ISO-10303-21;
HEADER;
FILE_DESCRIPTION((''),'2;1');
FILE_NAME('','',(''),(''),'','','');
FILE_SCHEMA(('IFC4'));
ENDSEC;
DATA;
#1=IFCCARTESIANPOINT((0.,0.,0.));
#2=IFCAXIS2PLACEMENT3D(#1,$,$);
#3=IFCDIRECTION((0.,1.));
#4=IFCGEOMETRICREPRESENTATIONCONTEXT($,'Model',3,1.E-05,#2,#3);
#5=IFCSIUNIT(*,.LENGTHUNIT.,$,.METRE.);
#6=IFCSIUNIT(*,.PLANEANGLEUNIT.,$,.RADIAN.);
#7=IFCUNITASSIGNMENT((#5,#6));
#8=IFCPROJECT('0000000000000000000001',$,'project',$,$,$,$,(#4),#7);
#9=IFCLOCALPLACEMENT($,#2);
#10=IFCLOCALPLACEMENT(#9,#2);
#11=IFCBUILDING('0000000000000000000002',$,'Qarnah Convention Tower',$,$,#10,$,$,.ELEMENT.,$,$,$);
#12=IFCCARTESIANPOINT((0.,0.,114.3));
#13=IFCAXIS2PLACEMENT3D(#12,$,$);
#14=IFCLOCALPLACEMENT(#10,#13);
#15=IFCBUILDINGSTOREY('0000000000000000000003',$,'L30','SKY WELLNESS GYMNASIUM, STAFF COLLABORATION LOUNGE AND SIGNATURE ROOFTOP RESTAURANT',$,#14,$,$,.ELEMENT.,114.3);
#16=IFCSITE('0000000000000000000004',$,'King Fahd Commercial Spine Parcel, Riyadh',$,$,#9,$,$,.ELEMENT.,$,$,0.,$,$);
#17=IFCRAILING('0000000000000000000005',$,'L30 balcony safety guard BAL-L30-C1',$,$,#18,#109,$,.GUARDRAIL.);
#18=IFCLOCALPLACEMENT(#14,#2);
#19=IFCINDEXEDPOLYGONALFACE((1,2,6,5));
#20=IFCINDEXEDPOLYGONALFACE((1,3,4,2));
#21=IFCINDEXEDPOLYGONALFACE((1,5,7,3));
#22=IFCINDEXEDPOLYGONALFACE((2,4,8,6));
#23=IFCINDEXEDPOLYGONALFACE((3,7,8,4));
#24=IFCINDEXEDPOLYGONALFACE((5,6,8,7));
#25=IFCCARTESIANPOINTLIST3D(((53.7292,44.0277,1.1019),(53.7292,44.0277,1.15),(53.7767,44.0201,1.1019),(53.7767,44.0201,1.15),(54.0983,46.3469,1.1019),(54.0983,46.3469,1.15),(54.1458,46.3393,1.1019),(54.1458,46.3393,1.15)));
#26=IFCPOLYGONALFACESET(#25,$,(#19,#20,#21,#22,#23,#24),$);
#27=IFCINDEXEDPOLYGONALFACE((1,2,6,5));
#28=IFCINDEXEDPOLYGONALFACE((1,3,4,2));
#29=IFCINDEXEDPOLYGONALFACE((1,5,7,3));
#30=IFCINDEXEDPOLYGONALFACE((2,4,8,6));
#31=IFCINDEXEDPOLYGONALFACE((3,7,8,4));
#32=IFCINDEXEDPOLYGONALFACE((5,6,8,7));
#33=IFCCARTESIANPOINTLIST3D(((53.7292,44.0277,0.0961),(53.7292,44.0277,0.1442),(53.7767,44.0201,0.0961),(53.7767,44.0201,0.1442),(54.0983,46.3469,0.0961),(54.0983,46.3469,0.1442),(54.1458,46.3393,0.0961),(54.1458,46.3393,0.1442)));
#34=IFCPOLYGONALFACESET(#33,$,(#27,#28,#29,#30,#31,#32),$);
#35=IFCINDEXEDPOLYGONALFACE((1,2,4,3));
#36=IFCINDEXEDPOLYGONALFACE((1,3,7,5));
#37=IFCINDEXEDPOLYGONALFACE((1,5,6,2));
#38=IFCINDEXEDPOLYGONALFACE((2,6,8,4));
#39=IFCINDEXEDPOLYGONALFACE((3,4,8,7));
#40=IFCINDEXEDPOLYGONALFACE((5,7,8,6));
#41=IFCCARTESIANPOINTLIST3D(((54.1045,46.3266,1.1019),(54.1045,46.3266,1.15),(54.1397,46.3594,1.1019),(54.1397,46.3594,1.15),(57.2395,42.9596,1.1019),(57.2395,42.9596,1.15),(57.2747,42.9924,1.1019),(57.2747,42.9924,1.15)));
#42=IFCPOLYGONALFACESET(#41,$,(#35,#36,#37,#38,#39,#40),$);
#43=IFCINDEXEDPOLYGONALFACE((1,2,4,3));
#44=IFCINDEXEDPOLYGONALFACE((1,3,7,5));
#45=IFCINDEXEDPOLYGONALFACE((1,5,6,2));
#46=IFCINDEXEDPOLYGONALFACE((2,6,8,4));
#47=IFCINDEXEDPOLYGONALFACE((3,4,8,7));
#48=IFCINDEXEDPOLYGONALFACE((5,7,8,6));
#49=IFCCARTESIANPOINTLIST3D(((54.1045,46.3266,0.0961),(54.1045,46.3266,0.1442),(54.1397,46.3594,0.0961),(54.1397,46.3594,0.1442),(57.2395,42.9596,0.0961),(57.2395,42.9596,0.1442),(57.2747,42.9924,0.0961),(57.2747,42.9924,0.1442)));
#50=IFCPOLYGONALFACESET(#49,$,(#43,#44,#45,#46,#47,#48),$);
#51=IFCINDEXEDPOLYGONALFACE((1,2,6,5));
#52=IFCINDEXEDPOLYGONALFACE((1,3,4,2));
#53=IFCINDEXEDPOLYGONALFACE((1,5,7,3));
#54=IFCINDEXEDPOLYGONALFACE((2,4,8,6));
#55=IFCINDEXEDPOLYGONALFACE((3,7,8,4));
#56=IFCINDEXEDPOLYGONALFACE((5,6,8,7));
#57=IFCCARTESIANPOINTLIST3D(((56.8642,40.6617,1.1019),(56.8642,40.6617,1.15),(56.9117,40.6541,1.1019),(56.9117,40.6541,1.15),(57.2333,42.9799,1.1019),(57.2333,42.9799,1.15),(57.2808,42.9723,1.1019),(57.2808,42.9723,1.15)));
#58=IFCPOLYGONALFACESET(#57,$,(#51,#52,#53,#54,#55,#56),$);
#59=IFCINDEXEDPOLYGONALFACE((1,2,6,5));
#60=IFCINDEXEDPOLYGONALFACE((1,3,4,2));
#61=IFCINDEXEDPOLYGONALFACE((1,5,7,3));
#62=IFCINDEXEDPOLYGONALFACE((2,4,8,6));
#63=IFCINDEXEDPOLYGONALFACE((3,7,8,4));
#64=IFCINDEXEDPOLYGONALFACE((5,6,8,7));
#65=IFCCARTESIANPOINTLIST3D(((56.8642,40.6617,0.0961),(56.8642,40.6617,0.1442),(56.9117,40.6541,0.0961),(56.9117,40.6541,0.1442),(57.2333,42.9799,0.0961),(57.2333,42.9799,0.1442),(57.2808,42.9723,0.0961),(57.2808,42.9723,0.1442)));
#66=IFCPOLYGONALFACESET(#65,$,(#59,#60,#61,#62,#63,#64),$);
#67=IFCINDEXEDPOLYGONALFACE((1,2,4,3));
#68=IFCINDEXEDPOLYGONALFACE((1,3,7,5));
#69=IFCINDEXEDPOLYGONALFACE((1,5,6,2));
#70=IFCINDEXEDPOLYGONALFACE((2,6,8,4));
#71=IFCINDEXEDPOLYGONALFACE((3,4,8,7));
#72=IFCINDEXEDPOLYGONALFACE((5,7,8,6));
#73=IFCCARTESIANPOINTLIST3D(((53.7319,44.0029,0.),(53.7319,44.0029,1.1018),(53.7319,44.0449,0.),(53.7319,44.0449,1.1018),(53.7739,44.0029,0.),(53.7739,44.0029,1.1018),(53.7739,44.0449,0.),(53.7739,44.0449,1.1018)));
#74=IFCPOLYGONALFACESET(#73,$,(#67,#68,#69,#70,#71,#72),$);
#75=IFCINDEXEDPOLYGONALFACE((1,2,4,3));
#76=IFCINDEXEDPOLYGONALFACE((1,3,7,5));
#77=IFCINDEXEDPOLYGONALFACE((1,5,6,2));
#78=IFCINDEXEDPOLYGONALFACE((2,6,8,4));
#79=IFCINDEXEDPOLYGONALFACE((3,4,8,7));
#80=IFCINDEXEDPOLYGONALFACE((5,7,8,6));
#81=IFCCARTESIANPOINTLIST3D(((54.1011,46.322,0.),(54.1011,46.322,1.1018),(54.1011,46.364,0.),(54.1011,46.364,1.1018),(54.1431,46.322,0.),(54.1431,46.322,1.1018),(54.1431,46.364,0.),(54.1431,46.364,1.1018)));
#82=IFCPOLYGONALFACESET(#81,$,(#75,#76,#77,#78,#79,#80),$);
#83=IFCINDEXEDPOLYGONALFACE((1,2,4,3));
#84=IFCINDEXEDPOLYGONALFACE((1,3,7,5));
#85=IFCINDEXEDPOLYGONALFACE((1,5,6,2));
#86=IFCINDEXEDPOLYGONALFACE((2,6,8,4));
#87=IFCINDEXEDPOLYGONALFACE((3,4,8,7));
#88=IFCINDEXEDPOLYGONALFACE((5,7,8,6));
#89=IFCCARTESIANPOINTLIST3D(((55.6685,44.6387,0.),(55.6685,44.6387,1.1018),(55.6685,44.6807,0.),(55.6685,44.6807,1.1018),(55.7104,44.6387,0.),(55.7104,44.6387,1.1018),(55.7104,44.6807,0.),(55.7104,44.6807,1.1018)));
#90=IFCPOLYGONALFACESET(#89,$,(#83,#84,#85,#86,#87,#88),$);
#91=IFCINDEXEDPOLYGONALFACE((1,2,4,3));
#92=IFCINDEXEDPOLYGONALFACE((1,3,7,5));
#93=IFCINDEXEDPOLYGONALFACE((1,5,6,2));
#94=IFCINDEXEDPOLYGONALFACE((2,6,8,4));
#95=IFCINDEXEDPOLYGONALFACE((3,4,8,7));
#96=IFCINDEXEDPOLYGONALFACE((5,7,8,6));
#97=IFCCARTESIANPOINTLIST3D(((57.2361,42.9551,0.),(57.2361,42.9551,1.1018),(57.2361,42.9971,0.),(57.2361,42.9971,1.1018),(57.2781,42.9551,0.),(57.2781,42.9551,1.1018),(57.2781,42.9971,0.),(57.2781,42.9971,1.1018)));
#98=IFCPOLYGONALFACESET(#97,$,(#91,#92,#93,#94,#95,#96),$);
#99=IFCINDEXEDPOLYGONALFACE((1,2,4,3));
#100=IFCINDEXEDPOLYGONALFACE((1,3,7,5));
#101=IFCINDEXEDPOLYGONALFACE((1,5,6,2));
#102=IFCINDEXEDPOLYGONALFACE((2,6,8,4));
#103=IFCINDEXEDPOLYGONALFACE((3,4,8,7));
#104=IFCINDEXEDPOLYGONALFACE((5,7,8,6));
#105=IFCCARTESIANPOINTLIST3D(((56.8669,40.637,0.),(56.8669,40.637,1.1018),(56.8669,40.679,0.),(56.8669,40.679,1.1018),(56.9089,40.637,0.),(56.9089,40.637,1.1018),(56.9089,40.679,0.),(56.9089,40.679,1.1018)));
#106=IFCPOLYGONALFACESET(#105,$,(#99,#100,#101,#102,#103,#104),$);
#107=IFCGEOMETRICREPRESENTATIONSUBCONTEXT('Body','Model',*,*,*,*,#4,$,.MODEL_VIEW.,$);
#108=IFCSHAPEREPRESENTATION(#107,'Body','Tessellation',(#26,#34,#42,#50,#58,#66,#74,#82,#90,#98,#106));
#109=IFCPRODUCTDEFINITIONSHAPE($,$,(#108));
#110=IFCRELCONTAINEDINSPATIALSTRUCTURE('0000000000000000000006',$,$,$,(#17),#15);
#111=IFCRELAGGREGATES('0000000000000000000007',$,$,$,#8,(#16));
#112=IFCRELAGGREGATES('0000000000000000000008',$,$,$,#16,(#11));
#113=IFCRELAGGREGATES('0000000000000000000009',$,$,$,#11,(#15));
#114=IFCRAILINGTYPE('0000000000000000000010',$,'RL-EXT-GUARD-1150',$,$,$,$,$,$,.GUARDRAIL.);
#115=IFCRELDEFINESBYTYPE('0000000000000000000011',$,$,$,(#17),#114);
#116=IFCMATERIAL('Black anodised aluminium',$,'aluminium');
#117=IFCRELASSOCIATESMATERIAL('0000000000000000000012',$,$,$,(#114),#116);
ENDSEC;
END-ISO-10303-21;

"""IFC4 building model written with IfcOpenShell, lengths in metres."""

from ifc_helpers import new_model, si_unit, direction, frame, origin, origin_2d, place, context, subcontext, project, spatial, rectangle, extrude, material, type_object, element, save


model = new_model("IFC4")

# Units and contexts
model_context = context("Model", 3, precision=1e-05, world=origin(), true_north=direction((0.0, 1.0)))
body_context = subcontext(model_context, "Body", "Model", "MODEL_VIEW")
ifc_project = project(units=[si_unit("LENGTHUNIT", "METRE"), si_unit("PLANEANGLEUNIT", "RADIAN")], contexts=[model_context])

# Site, building, storey
site_placement = place(None, origin())
site = spatial("IfcSite", under=ifc_project, at=site_placement, Name="King Fahd Commercial Spine Parcel, Riyadh", CompositionType="ELEMENT", RefElevation=0.0)
building_placement = place(site_placement, origin())
building = spatial("IfcBuilding", under=site, at=building_placement, Name="Qarnah Convention Tower", CompositionType="ELEMENT")
storey_placement = place(building_placement, frame((0.0, 0.0, 114.3)))
storey = spatial("IfcBuildingStorey", under=building, at=storey_placement, Name="L30", Description="SKY WELLNESS GYMNASIUM, STAFF COLLABORATION LOUNGE AND SIGNATURE ROOFTOP RESTAURANT", CompositionType="ELEMENT", Elevation=114.3)

# Shared definitions
ifc_material_1 = material(Name="Black anodised aluminium", Category="aluminium")

# Railing
railing_type = type_object("IfcRailingType", Name="RL-EXT-GUARD-1150", PredefinedType="GUARDRAIL", material=ifc_material_1)
railing_1_placement = place(storey_placement, frame((53.7529, 44.0239, 0.0)))
element("IfcRailing", 1, at=railing_1_placement, inside=storey, type_object=railing_type, Name="L30 balcony safety guard BAL-L30-C1", PredefinedType="GUARDRAIL", context=body_context, shape_type="SweptSolid", body=[
    extrude(rectangle(XDim=0.0481, YDim=0.0481, at=origin_2d()), frame((0.0, 0.0, 1.126), z_axis=(0.157196, 0.987567, 0.0), x_axis=(-0.987567, 0.157196, 0.0)), (0.0, 0.0, 1.0), 2.3484),
    extrude(rectangle(XDim=0.0481, YDim=0.0481, at=origin_2d()), frame((0.0, 0.0, 0.1201), z_axis=(0.157196, 0.987567, 0.0), x_axis=(-0.987567, 0.157196, 0.0)), (0.0, 0.0, 1.0), 2.3484),
    extrude(rectangle(XDim=0.0481, YDim=0.0481, at=origin_2d()), frame((0.3691, 2.3191, 1.126), z_axis=(0.68145, -0.731865, 0.0), x_axis=(0.731865, 0.68145, 0.0)), (0.0, 0.0, 1.0), 4.6006),
    extrude(rectangle(XDim=0.0481, YDim=0.0481, at=origin_2d()), frame((0.3691, 2.3191, 0.1201), z_axis=(0.68145, -0.731865, 0.0), x_axis=(0.731865, 0.68145, 0.0)), (0.0, 0.0, 1.0), 4.6006),
    extrude(rectangle(XDim=0.0481, YDim=0.0481, at=origin_2d()), frame((3.5042, -1.0479, 1.126), z_axis=(-0.15726, -0.987557, 0.0), x_axis=(0.987557, -0.15726, 0.0)), (0.0, 0.0, 1.0), 2.3474),
    extrude(rectangle(XDim=0.0481, YDim=0.0481, at=origin_2d()), frame((3.5042, -1.0479, 0.1201), z_axis=(-0.15726, -0.987557, 0.0), x_axis=(0.987557, -0.15726, 0.0)), (0.0, 0.0, 1.0), 2.3474),
    extrude(rectangle(XDim=0.042, YDim=0.042, at=origin_2d()), origin(), (0.0, 0.0, 1.0), 1.1018),
    extrude(rectangle(XDim=0.042, YDim=0.042, at=origin_2d()), frame((0.3691, 2.3191, 0.0)), (0.0, 0.0, 1.0), 1.1018),
    extrude(rectangle(XDim=0.042, YDim=0.042, at=origin_2d()), frame((1.9365, 0.6357, 0.0)), (0.0, 0.0, 1.0), 1.1018),
    extrude(rectangle(XDim=0.042, YDim=0.042, at=origin_2d()), frame((3.5042, -1.0479, 0.0)), (0.0, 0.0, 1.0), 1.1018),
    extrude(rectangle(XDim=0.042, YDim=0.042, at=origin_2d()), frame((3.135, -3.366, 0.0)), (0.0, 0.0, 1.0), 1.1018),
])

save(model, "model.ifc")
